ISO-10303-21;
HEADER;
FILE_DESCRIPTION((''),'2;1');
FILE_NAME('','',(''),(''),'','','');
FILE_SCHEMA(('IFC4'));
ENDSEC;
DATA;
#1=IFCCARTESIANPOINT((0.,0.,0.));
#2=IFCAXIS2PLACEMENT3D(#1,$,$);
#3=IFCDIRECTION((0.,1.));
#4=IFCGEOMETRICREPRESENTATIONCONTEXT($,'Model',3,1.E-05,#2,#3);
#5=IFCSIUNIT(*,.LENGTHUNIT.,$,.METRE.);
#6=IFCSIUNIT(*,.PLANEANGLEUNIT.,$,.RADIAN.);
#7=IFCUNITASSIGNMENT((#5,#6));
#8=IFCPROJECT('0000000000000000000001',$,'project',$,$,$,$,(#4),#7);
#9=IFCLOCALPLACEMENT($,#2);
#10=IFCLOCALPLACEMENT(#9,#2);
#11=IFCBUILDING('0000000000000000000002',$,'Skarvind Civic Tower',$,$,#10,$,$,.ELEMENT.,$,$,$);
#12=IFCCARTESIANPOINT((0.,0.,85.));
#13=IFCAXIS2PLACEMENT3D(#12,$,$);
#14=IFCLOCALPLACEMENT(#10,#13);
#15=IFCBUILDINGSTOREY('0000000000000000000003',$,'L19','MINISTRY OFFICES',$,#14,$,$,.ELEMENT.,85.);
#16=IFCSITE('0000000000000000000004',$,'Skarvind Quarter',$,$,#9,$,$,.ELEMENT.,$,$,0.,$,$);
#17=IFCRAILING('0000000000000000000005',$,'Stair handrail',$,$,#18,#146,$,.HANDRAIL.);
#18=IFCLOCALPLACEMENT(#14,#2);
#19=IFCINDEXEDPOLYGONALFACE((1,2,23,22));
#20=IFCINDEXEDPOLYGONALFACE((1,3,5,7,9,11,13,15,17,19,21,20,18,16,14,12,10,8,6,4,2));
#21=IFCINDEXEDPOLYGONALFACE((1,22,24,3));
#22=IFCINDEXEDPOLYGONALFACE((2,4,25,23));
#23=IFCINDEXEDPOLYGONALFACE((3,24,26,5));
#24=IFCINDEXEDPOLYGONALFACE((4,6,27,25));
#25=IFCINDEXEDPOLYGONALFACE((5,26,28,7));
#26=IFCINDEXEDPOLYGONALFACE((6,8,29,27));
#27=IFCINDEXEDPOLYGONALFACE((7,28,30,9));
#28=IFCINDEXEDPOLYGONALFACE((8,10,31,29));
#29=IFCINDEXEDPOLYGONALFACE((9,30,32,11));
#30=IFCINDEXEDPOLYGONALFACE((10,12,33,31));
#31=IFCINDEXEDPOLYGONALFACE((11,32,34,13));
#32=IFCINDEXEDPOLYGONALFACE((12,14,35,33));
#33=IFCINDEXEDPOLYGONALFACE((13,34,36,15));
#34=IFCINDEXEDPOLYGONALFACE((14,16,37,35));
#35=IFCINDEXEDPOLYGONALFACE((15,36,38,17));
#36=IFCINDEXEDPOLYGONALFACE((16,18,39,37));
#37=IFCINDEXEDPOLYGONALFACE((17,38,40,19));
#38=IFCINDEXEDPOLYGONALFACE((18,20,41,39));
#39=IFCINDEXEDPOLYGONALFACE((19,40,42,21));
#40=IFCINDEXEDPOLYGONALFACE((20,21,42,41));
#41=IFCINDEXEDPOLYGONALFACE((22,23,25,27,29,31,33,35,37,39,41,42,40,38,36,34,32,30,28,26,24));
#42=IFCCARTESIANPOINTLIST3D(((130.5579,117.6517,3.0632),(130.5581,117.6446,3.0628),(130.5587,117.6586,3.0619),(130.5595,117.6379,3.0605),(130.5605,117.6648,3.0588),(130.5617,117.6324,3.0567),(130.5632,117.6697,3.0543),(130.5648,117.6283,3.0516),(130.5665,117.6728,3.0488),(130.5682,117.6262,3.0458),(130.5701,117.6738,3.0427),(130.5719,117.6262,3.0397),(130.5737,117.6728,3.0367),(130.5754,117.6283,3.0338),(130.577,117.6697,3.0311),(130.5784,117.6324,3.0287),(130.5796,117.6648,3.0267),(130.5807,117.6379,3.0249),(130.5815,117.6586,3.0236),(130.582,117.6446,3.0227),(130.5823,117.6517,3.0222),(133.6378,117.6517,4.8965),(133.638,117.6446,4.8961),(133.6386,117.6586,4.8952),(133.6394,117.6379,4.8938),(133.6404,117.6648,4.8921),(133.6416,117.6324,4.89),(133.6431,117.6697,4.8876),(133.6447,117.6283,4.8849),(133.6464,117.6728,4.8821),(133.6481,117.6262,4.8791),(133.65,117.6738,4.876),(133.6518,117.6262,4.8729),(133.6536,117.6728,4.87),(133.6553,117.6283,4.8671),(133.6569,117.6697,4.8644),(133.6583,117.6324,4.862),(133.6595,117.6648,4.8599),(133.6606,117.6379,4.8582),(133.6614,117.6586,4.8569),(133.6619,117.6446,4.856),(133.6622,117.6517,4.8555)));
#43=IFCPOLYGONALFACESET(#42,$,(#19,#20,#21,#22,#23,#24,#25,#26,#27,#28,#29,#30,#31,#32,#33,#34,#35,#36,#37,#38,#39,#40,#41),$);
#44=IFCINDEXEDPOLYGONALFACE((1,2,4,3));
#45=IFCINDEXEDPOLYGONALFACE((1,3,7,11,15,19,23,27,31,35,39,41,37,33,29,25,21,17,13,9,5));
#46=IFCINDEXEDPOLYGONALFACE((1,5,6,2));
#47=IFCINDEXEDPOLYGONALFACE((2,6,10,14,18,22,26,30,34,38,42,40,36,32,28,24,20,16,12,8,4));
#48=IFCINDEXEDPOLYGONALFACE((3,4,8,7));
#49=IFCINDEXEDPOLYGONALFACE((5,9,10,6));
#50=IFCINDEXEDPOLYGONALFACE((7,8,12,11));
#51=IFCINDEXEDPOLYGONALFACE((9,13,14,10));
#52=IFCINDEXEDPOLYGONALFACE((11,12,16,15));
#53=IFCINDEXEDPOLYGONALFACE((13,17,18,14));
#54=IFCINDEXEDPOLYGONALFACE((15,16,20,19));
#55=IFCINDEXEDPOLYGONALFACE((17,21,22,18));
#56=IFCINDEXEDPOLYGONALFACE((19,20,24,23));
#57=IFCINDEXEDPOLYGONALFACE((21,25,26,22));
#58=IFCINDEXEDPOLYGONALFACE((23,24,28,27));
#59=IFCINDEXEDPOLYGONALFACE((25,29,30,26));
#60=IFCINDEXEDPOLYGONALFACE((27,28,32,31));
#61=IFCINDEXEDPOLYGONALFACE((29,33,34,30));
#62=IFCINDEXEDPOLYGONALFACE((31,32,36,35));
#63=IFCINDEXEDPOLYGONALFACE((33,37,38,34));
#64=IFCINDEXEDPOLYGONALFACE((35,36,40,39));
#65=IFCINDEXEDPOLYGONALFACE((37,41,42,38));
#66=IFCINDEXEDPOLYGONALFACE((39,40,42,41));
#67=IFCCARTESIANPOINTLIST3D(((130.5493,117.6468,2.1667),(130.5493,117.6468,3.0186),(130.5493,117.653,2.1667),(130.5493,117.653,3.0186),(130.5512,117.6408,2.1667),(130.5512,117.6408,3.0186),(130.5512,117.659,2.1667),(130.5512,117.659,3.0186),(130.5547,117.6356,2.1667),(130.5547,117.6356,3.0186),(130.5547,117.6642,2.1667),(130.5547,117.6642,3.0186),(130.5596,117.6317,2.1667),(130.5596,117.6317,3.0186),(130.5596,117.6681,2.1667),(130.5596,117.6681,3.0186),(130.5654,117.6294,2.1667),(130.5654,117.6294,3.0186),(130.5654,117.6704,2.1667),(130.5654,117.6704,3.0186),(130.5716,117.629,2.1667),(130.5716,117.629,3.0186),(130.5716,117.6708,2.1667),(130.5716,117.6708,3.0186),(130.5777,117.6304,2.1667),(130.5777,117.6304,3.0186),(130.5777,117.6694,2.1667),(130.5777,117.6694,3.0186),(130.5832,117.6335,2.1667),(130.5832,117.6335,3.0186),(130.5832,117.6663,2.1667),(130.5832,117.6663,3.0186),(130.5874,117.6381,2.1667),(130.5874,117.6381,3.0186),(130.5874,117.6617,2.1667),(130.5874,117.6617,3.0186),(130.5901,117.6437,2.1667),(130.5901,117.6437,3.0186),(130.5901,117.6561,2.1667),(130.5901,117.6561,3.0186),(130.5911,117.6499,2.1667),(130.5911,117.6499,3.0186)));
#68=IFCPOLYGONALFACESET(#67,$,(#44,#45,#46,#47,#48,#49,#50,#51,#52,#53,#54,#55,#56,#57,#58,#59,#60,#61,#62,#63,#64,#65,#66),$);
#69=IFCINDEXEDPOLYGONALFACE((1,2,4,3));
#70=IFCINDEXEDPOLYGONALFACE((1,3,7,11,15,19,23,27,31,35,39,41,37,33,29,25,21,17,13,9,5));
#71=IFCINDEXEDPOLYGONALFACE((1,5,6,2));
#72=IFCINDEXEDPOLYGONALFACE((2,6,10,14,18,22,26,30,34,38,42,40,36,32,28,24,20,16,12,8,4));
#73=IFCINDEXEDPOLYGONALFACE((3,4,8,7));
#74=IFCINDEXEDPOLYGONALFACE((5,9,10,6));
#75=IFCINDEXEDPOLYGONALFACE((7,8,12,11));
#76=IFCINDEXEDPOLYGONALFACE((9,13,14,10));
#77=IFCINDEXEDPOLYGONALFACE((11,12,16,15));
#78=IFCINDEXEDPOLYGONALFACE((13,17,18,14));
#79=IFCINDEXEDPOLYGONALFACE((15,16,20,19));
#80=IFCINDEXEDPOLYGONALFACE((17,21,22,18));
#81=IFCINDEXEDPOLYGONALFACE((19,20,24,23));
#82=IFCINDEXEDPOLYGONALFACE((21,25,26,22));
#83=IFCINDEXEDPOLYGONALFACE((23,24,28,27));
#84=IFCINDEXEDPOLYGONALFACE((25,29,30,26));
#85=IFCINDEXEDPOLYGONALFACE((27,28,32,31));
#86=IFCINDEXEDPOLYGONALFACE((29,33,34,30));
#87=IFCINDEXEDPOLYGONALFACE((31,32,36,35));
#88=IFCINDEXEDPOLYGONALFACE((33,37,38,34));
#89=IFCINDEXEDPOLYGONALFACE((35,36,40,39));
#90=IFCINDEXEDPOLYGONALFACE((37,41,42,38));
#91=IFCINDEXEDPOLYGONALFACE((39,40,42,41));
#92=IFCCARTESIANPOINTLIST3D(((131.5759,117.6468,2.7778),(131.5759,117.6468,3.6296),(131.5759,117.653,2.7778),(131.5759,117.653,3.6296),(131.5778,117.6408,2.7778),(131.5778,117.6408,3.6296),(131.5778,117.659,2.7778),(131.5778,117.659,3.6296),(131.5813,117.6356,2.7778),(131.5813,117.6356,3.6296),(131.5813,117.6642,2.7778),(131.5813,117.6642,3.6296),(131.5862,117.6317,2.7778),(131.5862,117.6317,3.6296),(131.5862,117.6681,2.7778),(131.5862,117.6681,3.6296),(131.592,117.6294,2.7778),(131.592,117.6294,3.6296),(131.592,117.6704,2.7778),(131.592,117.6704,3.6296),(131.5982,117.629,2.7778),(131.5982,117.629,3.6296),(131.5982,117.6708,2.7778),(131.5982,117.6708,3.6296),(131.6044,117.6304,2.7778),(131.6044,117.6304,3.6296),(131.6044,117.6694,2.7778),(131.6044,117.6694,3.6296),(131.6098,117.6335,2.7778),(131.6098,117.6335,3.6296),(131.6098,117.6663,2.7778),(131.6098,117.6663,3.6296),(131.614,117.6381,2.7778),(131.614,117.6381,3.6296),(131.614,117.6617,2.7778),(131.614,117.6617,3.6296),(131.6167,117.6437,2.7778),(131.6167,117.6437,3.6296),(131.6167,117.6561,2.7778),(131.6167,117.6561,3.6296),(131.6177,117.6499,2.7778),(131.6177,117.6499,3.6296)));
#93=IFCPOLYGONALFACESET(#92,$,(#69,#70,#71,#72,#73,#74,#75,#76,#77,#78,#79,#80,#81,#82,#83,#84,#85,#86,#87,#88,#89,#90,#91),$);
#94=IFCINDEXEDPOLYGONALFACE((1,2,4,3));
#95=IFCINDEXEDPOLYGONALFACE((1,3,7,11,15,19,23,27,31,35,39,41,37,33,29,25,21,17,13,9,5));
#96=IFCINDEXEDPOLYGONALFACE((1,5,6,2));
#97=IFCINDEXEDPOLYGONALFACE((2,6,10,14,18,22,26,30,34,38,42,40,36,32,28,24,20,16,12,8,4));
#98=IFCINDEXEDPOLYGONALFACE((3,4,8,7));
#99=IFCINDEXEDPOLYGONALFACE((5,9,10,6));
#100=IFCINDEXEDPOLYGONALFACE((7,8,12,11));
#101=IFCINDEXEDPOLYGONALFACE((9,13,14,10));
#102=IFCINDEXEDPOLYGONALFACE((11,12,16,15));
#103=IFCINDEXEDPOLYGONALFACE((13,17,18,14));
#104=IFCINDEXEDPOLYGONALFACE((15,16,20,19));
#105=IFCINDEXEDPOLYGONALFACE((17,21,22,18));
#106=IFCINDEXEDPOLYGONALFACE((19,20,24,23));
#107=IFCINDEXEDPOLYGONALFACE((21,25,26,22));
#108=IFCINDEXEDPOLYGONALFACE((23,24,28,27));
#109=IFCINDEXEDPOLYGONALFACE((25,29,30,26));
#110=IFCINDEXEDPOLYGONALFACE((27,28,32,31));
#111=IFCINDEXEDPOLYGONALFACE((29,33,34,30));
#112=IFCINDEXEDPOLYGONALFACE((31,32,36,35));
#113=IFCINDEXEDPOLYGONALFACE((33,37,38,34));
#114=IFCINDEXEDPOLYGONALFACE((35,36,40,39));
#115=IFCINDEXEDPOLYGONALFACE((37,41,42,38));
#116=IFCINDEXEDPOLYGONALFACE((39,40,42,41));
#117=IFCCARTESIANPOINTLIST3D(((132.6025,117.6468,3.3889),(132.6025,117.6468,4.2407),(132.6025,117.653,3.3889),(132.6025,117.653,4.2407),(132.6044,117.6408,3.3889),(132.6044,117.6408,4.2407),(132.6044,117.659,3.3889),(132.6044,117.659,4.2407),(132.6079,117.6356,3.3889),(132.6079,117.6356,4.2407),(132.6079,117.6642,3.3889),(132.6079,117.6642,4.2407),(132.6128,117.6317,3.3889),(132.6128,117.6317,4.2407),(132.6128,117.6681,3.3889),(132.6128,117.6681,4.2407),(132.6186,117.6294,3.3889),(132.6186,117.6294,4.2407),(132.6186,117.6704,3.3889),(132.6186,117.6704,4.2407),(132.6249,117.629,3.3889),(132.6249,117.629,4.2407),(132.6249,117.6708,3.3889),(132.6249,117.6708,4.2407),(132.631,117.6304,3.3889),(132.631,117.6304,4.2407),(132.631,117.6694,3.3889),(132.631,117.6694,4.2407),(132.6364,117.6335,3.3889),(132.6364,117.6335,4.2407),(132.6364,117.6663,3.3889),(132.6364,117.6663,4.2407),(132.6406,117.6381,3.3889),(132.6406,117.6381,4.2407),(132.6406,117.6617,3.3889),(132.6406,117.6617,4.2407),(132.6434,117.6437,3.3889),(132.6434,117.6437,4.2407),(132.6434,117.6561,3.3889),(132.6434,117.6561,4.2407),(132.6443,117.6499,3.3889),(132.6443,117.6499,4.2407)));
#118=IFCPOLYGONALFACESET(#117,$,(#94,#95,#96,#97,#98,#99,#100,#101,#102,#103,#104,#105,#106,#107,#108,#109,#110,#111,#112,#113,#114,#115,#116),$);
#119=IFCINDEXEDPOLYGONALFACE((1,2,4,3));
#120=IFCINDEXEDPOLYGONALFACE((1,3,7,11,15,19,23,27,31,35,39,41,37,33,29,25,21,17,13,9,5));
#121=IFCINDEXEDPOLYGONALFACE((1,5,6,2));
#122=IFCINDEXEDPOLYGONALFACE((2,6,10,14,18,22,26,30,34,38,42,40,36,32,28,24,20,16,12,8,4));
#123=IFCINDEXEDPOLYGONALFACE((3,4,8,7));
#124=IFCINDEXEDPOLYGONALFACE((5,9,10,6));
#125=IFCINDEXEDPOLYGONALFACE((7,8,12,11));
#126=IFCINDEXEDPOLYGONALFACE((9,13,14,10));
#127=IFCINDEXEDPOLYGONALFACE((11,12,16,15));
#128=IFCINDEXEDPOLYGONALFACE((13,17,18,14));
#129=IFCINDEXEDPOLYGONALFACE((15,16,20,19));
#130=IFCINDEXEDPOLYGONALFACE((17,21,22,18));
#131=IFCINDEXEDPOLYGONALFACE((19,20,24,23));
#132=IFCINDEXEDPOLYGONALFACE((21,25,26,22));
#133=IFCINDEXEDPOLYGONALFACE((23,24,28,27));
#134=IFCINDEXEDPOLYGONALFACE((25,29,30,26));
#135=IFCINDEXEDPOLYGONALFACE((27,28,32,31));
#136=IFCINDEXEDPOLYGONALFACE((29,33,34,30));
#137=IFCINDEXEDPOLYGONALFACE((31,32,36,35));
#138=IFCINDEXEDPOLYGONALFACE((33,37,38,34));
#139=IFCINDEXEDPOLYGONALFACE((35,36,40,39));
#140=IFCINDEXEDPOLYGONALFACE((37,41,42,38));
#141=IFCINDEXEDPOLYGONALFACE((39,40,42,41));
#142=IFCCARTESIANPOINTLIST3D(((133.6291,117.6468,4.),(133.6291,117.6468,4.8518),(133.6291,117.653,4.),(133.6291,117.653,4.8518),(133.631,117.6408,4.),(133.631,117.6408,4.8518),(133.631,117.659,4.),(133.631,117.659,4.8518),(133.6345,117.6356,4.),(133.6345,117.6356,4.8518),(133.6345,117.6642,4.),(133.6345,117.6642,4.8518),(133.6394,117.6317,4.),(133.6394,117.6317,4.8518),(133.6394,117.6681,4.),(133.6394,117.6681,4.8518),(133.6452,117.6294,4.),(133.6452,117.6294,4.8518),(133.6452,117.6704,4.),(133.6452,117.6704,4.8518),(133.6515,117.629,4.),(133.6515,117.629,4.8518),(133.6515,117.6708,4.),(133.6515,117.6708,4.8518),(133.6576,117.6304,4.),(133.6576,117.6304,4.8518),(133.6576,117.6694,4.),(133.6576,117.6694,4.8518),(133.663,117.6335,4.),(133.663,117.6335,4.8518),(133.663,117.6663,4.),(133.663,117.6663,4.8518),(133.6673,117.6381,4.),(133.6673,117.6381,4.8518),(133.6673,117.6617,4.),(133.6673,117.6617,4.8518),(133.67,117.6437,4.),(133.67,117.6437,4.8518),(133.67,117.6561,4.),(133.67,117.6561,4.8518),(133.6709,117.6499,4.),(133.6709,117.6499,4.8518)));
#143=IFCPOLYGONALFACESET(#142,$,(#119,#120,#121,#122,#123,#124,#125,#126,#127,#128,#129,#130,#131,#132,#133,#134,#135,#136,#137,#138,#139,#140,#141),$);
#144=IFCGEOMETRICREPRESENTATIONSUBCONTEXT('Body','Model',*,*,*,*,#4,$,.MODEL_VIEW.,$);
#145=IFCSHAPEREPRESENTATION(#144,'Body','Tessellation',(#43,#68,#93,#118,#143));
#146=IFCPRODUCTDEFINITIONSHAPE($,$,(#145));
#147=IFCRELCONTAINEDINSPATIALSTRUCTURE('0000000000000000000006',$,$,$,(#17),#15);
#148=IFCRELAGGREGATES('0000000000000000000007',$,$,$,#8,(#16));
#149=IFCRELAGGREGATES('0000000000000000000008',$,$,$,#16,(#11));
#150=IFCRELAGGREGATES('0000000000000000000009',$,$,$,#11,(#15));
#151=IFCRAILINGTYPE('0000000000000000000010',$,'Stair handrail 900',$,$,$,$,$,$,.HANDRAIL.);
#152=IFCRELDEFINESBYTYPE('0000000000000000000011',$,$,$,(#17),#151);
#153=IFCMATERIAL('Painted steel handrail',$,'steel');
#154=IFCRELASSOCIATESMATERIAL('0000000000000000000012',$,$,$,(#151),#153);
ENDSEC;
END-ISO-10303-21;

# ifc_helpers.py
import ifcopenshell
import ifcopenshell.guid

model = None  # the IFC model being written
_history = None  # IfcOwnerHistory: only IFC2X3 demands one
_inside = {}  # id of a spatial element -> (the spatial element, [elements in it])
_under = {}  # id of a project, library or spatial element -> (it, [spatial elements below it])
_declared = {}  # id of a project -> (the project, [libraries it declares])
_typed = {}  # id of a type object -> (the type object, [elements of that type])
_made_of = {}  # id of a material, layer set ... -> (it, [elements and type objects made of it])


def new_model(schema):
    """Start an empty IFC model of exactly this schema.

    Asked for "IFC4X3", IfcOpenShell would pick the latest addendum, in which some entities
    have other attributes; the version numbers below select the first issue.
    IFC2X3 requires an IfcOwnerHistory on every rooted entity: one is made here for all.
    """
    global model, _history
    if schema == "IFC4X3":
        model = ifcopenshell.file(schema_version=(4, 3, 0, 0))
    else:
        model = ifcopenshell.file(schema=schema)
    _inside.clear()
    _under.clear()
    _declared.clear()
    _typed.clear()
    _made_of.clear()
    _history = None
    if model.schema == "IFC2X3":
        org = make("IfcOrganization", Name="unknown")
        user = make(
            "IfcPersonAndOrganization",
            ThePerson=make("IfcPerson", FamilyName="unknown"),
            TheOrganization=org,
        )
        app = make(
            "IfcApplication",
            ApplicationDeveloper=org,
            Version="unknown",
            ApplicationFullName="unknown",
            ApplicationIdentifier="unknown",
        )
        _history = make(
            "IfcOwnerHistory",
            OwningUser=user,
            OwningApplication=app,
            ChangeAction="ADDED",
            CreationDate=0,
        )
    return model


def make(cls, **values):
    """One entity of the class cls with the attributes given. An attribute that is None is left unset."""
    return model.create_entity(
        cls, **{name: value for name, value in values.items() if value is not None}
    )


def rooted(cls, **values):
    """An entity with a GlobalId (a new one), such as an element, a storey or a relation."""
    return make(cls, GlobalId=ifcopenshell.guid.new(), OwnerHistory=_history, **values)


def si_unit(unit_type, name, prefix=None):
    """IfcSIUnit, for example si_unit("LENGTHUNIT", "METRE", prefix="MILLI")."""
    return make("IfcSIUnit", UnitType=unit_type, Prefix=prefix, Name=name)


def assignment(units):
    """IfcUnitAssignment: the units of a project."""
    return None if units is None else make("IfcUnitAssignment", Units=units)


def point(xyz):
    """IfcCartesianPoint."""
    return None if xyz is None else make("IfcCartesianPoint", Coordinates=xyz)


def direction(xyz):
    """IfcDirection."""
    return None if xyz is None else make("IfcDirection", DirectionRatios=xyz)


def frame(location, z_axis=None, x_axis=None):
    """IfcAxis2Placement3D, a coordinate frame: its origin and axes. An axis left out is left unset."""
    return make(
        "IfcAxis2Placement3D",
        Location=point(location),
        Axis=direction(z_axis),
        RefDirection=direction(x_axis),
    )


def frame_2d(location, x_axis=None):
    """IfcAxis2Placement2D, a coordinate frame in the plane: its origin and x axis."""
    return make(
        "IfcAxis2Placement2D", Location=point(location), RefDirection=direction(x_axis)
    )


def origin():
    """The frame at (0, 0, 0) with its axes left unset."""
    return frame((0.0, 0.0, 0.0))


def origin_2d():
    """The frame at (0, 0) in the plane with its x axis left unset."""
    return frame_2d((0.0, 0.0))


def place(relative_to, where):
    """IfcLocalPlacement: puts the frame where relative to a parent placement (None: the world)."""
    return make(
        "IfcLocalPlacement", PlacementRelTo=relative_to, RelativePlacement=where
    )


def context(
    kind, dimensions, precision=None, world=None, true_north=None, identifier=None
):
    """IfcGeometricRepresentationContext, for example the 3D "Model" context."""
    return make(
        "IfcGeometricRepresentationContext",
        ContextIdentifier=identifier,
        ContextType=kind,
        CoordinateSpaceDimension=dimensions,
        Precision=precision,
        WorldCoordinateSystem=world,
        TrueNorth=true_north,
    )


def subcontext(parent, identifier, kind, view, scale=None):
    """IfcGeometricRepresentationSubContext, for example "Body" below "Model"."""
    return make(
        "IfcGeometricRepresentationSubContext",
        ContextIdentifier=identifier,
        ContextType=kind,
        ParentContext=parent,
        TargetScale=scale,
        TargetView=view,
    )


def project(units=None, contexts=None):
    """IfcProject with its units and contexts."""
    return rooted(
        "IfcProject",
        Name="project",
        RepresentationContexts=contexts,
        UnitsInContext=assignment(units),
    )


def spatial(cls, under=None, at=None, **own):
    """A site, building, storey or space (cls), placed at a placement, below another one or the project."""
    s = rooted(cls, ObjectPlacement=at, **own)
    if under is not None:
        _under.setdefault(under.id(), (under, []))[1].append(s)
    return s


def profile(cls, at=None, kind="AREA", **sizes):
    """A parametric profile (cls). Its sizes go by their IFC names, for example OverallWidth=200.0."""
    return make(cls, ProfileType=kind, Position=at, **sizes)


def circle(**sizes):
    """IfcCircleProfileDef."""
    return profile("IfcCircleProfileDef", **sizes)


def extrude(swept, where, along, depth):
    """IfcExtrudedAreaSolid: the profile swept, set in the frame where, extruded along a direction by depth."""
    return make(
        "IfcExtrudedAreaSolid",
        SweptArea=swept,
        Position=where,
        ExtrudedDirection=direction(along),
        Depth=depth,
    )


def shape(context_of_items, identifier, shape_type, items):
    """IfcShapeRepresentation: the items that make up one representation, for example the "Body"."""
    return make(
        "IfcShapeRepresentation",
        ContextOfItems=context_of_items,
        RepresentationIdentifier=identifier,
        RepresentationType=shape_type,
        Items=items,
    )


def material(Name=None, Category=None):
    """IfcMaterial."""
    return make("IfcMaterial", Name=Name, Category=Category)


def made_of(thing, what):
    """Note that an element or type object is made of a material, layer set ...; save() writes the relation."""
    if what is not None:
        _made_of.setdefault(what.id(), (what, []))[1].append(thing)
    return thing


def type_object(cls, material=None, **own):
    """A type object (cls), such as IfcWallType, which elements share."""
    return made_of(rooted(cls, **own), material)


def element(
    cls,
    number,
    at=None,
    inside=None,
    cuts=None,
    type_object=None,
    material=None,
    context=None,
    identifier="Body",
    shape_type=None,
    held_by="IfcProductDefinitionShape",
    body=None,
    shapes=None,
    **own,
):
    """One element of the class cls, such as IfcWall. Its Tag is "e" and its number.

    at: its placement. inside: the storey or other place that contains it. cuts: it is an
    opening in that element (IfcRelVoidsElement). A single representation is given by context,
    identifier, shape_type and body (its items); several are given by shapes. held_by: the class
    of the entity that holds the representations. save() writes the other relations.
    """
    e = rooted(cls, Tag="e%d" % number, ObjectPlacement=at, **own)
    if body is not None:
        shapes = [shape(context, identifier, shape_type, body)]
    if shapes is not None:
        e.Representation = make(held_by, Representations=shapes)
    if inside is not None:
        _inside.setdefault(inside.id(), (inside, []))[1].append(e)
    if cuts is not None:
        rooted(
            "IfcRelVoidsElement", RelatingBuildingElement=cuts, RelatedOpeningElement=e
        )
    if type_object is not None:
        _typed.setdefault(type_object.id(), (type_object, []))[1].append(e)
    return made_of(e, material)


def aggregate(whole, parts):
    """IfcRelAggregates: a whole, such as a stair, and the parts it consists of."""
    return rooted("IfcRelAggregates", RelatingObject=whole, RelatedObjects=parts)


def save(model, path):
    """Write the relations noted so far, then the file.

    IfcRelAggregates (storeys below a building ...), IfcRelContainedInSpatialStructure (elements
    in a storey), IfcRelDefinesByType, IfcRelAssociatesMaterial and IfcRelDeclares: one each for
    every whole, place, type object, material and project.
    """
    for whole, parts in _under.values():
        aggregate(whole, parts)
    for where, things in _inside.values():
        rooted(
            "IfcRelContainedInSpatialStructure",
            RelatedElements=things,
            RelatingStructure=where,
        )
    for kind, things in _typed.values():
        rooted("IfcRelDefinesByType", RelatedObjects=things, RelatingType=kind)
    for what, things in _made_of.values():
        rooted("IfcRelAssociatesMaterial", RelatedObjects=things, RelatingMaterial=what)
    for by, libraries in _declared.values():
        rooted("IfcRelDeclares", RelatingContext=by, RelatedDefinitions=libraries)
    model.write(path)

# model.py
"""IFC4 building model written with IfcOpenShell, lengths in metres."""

from ifc_helpers import new_model, si_unit, direction, frame, origin, origin_2d, place, context, subcontext, project, spatial, circle, extrude, material, type_object, element, save


model = new_model("IFC4")

# Units and contexts
model_context = context("Model", 3, precision=1e-05, world=origin(), true_north=direction((0.0, 1.0)))
body_context = subcontext(model_context, "Body", "Model", "MODEL_VIEW")
ifc_project = project(units=[si_unit("LENGTHUNIT", "METRE"), si_unit("PLANEANGLEUNIT", "RADIAN")], contexts=[model_context])

# Site, building, storey
site_placement = place(None, origin())
site = spatial("IfcSite", under=ifc_project, at=site_placement, Name="Skarvind Quarter", CompositionType="ELEMENT", RefElevation=0.0)
building_placement = place(site_placement, origin())
building = spatial("IfcBuilding", under=site, at=building_placement, Name="Skarvind Civic Tower", CompositionType="ELEMENT")
storey_placement = place(building_placement, frame((0.0, 0.0, 85.0)))
storey = spatial("IfcBuildingStorey", under=building, at=storey_placement, Name="L19", Description="MINISTRY OFFICES", CompositionType="ELEMENT", Elevation=85.0)

# Railing
ifc_material_1 = material(Name="Painted steel handrail", Category="steel")
railing_type = type_object("IfcRailingType", Name="Stair handrail 900", PredefinedType="HANDRAIL", material=ifc_material_1)
railing_1_placement = place(storey_placement, frame((130.5701, 117.6499, 2.1667)))
element("IfcRailing", 1, at=railing_1_placement, inside=storey, type_object=railing_type, Name="Stair handrail", PredefinedType="HANDRAIL", context=body_context, shape_type="SweptSolid", body=[
    extrude(circle(Radius=0.0239, at=origin_2d()), frame((0.0, 0.0, 0.876), z_axis=(0.859291, 0.0, 0.511487), x_axis=(0.0, 1.0, 0.0)), (0.0, 0.0, 1.0), 3.5842),
    extrude(circle(Radius=0.021, at=origin_2d()), origin(), (0.0, 0.0, 1.0), 0.8518),
    extrude(circle(Radius=0.021, at=origin_2d()), frame((1.0266, 0.0, 0.6111)), (0.0, 0.0, 1.0), 0.8518),
    extrude(circle(Radius=0.021, at=origin_2d()), frame((2.0532, 0.0, 1.2222)), (0.0, 0.0, 1.0), 0.8518),
    extrude(circle(Radius=0.021, at=origin_2d()), frame((3.0798, 0.0, 1.8333)), (0.0, 0.0, 1.0), 0.8518),
])

save(model, "model.ifc")
